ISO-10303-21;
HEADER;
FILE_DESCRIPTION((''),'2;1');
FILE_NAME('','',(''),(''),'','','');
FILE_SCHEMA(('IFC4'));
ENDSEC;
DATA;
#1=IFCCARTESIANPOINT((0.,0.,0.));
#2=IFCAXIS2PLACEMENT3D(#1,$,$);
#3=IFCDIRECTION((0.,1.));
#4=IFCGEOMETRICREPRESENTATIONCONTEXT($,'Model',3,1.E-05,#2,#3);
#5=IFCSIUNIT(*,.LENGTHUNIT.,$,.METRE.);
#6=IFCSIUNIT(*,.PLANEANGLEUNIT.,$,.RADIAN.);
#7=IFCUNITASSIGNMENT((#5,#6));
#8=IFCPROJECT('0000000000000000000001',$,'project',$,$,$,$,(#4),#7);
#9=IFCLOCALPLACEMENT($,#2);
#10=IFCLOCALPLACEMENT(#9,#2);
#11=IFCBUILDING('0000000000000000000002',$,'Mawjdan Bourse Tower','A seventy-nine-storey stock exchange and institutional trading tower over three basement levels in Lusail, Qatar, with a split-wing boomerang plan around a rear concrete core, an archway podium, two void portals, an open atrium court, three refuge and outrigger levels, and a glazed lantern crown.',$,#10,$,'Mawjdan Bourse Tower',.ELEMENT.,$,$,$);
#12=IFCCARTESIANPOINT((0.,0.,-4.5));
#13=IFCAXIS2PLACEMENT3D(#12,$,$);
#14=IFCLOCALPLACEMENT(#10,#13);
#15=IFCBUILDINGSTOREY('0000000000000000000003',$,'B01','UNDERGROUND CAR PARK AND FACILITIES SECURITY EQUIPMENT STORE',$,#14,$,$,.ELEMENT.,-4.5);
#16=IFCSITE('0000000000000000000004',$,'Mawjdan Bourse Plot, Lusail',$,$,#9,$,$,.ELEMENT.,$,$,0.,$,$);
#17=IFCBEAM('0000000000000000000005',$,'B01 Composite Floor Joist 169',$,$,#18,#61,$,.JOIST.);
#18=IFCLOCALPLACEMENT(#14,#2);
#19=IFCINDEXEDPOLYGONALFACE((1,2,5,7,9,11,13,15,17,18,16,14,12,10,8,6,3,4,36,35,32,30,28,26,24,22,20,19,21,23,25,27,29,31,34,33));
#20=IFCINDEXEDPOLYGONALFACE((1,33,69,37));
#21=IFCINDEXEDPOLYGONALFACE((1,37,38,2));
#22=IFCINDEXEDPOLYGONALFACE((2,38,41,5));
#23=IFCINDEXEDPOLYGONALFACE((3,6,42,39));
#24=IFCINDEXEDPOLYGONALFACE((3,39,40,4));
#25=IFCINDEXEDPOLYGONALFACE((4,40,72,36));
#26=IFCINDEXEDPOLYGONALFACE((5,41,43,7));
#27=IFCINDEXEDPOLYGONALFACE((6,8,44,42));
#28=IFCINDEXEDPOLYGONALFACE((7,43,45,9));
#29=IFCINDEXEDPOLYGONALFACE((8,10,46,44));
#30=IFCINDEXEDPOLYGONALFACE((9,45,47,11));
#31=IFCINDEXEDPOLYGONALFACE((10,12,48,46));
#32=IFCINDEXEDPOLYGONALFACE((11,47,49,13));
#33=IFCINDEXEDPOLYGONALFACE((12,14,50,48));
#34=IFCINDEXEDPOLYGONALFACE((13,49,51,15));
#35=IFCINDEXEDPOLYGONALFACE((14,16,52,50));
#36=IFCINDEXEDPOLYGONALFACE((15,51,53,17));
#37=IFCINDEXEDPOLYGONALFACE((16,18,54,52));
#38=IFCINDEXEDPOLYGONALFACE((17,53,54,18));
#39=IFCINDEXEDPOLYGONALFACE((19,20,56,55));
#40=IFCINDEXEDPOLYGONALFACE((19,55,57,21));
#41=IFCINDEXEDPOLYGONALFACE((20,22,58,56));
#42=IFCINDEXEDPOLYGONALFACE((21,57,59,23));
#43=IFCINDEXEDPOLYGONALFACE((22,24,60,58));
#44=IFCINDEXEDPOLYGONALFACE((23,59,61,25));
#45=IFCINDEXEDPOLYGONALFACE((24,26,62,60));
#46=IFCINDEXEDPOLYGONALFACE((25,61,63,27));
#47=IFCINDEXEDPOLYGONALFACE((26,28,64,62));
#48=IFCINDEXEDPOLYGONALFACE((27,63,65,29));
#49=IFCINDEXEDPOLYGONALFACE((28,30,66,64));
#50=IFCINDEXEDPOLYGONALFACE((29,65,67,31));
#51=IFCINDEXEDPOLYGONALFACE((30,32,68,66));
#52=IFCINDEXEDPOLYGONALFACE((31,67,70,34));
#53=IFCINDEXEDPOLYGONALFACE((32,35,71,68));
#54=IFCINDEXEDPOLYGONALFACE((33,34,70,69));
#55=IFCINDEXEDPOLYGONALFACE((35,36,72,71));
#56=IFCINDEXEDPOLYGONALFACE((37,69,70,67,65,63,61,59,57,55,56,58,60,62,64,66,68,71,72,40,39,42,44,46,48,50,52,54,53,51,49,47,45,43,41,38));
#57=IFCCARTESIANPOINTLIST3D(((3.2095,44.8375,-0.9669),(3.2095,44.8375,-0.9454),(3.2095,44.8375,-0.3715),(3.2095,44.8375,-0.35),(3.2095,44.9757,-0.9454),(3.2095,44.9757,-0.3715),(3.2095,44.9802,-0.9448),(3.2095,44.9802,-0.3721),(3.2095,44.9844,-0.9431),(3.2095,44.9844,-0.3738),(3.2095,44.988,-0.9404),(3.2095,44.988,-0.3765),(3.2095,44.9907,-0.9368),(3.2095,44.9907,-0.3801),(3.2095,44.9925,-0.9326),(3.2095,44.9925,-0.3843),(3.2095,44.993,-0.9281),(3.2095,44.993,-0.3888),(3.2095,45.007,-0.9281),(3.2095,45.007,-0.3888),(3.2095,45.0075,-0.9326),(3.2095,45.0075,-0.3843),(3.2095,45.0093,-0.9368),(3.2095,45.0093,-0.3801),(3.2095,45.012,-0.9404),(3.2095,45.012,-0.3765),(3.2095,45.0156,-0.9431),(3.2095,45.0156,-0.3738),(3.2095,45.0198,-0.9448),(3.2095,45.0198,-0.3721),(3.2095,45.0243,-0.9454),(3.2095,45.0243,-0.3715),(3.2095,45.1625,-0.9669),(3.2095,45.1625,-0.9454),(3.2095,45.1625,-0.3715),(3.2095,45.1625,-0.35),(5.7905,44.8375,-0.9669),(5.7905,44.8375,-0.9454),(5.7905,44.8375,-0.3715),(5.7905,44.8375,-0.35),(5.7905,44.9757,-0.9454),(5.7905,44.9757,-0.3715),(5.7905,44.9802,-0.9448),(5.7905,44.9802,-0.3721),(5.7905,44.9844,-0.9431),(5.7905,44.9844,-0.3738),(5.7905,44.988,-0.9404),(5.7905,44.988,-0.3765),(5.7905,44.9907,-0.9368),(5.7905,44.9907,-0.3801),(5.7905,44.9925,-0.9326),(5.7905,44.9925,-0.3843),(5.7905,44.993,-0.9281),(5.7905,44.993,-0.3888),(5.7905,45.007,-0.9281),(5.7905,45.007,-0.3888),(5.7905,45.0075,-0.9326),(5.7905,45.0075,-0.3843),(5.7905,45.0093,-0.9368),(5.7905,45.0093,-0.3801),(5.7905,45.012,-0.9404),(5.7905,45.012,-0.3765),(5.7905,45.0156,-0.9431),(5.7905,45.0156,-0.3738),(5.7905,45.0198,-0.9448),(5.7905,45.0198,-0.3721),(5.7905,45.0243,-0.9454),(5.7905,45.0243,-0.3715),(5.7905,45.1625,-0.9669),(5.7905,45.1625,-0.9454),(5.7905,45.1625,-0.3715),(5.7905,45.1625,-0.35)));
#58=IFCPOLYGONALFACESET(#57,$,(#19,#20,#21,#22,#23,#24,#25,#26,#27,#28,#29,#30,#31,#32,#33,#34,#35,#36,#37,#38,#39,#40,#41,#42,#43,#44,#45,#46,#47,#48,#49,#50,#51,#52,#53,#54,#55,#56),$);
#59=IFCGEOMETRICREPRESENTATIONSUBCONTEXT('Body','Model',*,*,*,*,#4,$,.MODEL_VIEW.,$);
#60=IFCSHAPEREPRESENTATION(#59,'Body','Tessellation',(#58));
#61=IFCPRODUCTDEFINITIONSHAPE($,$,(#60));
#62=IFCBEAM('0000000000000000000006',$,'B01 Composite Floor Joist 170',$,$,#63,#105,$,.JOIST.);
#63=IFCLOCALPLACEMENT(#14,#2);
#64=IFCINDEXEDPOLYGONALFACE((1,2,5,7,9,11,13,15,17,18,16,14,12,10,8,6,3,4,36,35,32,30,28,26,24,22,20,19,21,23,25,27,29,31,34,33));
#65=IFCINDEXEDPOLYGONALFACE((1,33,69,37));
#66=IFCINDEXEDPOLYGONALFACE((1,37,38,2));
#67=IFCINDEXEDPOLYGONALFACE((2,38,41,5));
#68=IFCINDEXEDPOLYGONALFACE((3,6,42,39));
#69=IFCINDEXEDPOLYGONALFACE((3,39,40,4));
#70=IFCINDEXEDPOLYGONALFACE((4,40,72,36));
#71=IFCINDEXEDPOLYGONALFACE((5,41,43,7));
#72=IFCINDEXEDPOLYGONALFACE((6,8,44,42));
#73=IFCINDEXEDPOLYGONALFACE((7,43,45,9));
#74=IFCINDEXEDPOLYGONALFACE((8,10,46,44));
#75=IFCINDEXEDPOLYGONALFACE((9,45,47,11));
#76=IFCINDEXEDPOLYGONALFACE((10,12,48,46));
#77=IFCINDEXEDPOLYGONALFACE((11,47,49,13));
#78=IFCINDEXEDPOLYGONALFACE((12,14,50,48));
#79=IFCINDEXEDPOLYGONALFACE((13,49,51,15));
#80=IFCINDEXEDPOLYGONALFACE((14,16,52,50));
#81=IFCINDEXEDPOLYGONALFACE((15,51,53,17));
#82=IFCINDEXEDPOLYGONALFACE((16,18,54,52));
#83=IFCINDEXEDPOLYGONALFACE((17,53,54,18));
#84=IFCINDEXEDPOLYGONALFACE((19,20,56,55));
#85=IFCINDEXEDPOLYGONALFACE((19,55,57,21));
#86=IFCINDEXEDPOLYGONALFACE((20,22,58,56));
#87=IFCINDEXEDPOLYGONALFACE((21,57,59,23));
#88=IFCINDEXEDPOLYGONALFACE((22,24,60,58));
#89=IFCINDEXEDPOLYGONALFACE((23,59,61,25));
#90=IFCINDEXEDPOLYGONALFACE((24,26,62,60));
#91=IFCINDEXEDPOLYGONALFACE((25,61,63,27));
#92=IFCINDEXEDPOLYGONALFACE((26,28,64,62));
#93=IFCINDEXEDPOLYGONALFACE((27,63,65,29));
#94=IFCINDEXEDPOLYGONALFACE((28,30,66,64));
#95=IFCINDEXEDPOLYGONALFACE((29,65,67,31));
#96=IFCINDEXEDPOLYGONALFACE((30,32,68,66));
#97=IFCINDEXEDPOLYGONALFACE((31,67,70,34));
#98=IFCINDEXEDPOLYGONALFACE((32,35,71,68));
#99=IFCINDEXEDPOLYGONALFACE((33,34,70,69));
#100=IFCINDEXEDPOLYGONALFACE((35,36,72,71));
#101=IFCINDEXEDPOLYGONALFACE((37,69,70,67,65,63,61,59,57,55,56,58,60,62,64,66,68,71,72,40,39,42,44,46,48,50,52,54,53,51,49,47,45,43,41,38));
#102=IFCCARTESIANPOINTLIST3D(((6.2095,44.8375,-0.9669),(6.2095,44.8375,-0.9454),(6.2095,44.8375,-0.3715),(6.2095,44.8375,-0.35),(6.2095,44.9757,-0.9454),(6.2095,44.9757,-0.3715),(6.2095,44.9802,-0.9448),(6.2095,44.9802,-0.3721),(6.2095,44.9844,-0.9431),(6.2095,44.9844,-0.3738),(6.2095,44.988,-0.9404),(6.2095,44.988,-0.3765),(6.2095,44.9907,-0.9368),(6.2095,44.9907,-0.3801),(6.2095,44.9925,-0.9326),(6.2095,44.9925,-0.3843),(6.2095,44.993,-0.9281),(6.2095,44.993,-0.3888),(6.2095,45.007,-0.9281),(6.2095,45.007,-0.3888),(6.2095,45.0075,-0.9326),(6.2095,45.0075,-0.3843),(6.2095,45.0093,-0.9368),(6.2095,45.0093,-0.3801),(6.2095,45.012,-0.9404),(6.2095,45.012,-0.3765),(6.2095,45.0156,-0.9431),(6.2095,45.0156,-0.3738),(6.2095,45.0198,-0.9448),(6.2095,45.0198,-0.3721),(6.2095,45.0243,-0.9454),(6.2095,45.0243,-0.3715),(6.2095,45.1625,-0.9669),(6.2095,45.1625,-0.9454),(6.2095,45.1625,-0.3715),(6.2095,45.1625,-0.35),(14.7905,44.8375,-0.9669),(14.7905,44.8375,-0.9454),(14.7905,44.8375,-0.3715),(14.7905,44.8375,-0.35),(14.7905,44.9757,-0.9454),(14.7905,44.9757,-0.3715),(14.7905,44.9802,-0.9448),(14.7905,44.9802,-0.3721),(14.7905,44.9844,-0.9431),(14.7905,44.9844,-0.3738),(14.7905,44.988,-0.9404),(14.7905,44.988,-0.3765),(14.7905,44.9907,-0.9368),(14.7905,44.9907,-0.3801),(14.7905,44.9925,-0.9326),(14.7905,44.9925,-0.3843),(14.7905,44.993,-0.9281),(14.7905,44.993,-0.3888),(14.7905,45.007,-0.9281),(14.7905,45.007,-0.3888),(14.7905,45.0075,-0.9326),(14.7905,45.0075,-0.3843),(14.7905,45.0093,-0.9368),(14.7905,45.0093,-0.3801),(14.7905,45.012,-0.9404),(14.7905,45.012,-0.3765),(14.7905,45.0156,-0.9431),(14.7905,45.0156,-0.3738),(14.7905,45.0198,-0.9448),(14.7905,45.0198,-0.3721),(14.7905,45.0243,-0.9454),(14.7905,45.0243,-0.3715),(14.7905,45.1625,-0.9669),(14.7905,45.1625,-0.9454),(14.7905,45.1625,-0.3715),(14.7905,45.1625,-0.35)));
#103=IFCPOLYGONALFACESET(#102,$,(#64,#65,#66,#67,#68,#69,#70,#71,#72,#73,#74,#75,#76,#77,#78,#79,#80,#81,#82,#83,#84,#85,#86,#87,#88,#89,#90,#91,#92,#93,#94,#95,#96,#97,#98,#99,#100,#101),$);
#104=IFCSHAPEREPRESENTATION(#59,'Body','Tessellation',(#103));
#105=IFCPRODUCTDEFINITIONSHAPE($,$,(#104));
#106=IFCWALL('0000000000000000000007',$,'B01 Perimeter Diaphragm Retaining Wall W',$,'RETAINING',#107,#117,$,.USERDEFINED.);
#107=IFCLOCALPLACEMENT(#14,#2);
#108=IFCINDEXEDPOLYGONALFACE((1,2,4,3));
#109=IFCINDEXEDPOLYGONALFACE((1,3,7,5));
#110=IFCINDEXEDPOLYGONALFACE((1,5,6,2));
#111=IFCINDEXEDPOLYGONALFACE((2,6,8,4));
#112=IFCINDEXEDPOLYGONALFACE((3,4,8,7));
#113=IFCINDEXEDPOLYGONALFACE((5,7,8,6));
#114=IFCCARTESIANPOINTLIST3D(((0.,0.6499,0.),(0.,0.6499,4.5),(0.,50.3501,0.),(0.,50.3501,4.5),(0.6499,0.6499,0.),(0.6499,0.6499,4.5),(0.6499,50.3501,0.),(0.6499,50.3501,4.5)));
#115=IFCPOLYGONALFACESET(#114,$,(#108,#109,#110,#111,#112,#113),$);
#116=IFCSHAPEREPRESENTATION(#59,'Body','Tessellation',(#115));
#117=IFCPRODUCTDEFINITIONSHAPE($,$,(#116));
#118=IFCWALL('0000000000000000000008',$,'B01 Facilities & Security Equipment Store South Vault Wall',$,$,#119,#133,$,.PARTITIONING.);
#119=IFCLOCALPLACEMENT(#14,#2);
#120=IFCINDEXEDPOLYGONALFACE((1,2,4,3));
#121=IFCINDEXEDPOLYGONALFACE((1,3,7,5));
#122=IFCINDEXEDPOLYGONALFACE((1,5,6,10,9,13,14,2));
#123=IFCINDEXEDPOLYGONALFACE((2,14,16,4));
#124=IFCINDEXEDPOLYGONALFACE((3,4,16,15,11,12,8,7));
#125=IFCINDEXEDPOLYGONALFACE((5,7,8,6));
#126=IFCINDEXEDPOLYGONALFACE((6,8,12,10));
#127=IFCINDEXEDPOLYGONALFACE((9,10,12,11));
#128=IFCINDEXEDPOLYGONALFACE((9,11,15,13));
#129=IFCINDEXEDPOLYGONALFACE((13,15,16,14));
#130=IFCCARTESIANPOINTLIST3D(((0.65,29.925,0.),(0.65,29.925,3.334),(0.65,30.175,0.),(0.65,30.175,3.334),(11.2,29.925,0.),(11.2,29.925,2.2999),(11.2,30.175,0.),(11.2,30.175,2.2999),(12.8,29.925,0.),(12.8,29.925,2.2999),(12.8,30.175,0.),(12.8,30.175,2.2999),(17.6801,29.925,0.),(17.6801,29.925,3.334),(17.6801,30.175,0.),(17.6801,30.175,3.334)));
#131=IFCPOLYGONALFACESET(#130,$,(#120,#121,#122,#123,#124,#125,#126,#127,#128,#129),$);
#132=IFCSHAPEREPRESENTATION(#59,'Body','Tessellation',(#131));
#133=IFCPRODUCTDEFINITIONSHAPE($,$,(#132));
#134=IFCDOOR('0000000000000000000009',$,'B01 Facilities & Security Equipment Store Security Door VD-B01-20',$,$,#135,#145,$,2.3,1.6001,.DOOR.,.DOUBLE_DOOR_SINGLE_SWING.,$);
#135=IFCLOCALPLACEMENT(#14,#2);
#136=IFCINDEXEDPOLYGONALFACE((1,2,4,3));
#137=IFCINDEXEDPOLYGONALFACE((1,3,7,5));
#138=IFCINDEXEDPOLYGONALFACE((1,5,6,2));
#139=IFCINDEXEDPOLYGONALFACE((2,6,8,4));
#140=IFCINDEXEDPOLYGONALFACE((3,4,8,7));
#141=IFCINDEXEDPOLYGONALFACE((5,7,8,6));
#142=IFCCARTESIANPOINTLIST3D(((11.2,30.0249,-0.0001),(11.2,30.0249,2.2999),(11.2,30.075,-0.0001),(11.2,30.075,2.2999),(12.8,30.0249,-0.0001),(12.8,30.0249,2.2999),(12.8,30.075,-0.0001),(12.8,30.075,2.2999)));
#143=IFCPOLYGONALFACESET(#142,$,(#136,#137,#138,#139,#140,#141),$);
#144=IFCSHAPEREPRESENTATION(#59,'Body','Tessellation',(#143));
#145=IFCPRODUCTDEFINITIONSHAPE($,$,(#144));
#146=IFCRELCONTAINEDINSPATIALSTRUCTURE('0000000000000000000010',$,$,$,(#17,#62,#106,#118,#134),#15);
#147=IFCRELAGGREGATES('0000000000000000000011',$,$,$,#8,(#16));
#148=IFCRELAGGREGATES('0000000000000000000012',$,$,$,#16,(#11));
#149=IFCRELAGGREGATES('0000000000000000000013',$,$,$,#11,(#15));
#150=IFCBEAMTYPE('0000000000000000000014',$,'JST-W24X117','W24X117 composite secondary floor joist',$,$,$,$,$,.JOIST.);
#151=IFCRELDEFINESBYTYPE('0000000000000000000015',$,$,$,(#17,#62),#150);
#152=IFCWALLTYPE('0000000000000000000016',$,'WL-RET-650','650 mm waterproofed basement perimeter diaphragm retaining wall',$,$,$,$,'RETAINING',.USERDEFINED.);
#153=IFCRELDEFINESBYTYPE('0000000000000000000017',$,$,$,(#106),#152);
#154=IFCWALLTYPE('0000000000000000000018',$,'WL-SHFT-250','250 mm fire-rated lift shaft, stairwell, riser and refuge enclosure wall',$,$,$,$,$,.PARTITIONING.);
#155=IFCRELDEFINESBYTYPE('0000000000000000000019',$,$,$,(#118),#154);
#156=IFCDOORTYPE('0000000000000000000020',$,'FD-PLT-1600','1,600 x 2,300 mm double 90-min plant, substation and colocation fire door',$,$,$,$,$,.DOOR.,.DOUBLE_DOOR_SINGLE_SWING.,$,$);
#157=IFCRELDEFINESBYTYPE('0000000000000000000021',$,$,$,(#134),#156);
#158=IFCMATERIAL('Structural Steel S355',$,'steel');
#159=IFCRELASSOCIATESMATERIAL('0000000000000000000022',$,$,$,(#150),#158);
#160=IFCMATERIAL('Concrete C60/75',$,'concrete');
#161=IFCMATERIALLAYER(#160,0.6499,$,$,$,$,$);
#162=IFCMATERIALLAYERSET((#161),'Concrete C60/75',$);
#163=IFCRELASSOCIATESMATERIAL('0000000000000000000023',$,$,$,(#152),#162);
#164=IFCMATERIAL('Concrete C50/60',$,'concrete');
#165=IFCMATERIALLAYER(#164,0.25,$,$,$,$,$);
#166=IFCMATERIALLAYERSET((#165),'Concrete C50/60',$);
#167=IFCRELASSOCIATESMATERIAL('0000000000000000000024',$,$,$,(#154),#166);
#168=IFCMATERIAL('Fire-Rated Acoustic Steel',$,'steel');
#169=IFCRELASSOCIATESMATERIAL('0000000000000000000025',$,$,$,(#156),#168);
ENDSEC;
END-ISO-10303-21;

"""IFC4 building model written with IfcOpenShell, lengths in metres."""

from ifc_helpers import new_model, si_unit, direction, frame, frame_2d, origin, origin_2d, place, context, subcontext, project, spatial, rectangle, i_section, extrude, material, layer, layer_set, material_profile, profile_set, type_object, element, fill, save


model = new_model("IFC4")

# Units and contexts
model_context = context("Model", 3, precision=1e-05, world=origin(), true_north=direction((0.0, 1.0)))
body_context = subcontext(model_context, "Body", "Model", "MODEL_VIEW")
ifc_project = project(units=[si_unit("LENGTHUNIT", "METRE"), si_unit("PLANEANGLEUNIT", "RADIAN")], contexts=[model_context])

# Site, building, storey
site_placement = place(None, origin())
site = spatial("IfcSite", under=ifc_project, at=site_placement, Name="Mawjdan Bourse Plot, Lusail", CompositionType="ELEMENT", RefElevation=0.0)
building_placement = place(site_placement, origin())
building = spatial("IfcBuilding", under=site, at=building_placement, Name="Mawjdan Bourse Tower", Description="A seventy-nine-storey stock exchange and institutional trading tower over three basement levels in Lusail, Qatar, with a split-wing boomerang plan around a rear concrete core, an archway podium, two void portals, an open atrium court, three refuge and outrigger levels, and a glazed lantern crown.", LongName="Mawjdan Bourse Tower", CompositionType="ELEMENT")
storey_placement = place(building_placement, frame((0.0, 0.0, -4.5)))
storey = spatial("IfcBuildingStorey", under=building, at=storey_placement, Name="B01", Description="UNDERGROUND CAR PARK AND FACILITIES SECURITY EQUIPMENT STORE", CompositionType="ELEMENT", Elevation=-4.5)

# Shared definitions
ifc_material_1 = material(Name="Concrete C60/75", Category="concrete")

# Beams
ifc_material_2 = material(Name="Structural Steel S355", Category="steel")
ifc_material_profile_1 = material_profile(ifc_material_2, i_section(OverallWidth=0.325, OverallDepth=0.6169, WebThickness=0.0139, FlangeThickness=0.0215, FilletRadius=0.0173, at=origin_2d()), Name="W24X117")
ifc_profile_set_1 = profile_set([ifc_material_profile_1], Name="Structural Steel S355")
beam_type_1 = type_object("IfcBeamType", Name="JST-W24X117", Description="W24X117 composite secondary floor joist", PredefinedType="JOIST", material=ifc_profile_set_1)
beam_1_placement = place(storey_placement, frame((3.2095, 45.0, -0.6584), z_axis=(1.0, 0.0, 0.0), x_axis=(0.0, 1.0, 0.0)))
element("IfcBeam", 1, at=beam_1_placement, inside=storey, type_object=beam_type_1, Name="B01 Composite Floor Joist 169", PredefinedType="JOIST", context=body_context, shape_type="SweptSolid", body=[
    extrude(i_section(OverallWidth=0.325, OverallDepth=0.6169, WebThickness=0.0139, FlangeThickness=0.0215, FilletRadius=0.0173, at=origin_2d()), origin(), (0.0, 0.0, 1.0), 2.5811),
])
beam_2_placement = place(storey_placement, frame((6.2095, 45.0, -0.6584), z_axis=(1.0, 0.0, 0.0), x_axis=(0.0, 1.0, 0.0)))
element("IfcBeam", 2, at=beam_2_placement, inside=storey, type_object=beam_type_1, Name="B01 Composite Floor Joist 170", PredefinedType="JOIST", context=body_context, shape_type="SweptSolid", body=[
    extrude(i_section(OverallWidth=0.325, OverallDepth=0.6169, WebThickness=0.0139, FlangeThickness=0.0215, FilletRadius=0.0173, at=origin_2d()), origin(), (0.0, 0.0, 1.0), 8.5811),
])

# Wall
ifc_layer_1 = layer(ifc_material_1, 0.6499)
ifc_layer_set_1 = layer_set([ifc_layer_1], Name="Concrete C60/75")
wall_type_1 = type_object("IfcWallType", Name="WL-RET-650", Description="650 mm waterproofed basement perimeter diaphragm retaining wall", ElementType="RETAINING", PredefinedType="USERDEFINED", material=ifc_layer_set_1)
wall_1_placement = place(storey_placement, frame((0.325, 50.3501, 0.0), z_axis=(0.0, 0.0, 1.0), x_axis=(0.0, -1.0, 0.0)))
element("IfcWall", 3, at=wall_1_placement, inside=storey, type_object=wall_type_1, Name="B01 Perimeter Diaphragm Retaining Wall W", ObjectType="RETAINING", PredefinedType="USERDEFINED", context=body_context, shape_type="SweptSolid", body=[
    extrude(rectangle(XDim=49.7002, YDim=0.6499, at=frame_2d((24.8501, 0.0))), origin(), (0.0, 0.0, 1.0), 4.5),
])

# Wall, opening, door
ifc_material_3 = material(Name="Concrete C50/60", Category="concrete")
ifc_layer_2 = layer(ifc_material_3, 0.25)
ifc_layer_set_2 = layer_set([ifc_layer_2], Name="Concrete C50/60")
wall_type_2 = type_object("IfcWallType", Name="WL-SHFT-250", Description="250 mm fire-rated lift shaft, stairwell, riser and refuge enclosure wall", PredefinedType="PARTITIONING", material=ifc_layer_set_2)
wall_2_placement = place(storey_placement, frame((0.6499, 30.05, 0.0), z_axis=(0.0, 0.0, 1.0), x_axis=(1.0, 0.0, 0.0)))
wall_2 = element("IfcWall", 4, at=wall_2_placement, inside=storey, type_object=wall_type_2, Name="B01 Facilities & Security Equipment Store South Vault Wall", PredefinedType="PARTITIONING", context=body_context, shape_type="SweptSolid", body=[
    extrude(rectangle(XDim=17.03, YDim=0.25, at=frame_2d((8.5151, 0.0))), origin(), (0.0, 0.0, 1.0), 3.334),
])
opening_placement = place(wall_2_placement, frame((10.55, 0.0, 0.0)))
opening = element("IfcOpeningElement", 5, at=opening_placement, cuts=wall_2, PredefinedType="OPENING", context=body_context, shape_type="SweptSolid", body=[
    extrude(rectangle(XDim=1.6001, YDim=2.3, at=frame_2d((0.8, 1.1499))), frame((0.0, 0.135, 0.0), z_axis=(0.0, -1.0, 0.0), x_axis=(1.0, 0.0, 0.0)), (0.0, 0.0, 1.0), 0.27),
])
ifc_material_4 = material(Name="Fire-Rated Acoustic Steel", Category="steel")
door_type = type_object("IfcDoorType", Name="FD-PLT-1600", Description="1,600 x 2,300 mm double 90-min plant, substation and colocation fire door", OperationType="DOUBLE_DOOR_SINGLE_SWING", PredefinedType="DOOR", material=ifc_material_4)
door_placement = place(opening_placement, origin())
door = element("IfcDoor", 6, at=door_placement, inside=storey, type_object=door_type, Name="B01 Facilities & Security Equipment Store Security Door VD-B01-20", OperationType="DOUBLE_DOOR_SINGLE_SWING", OverallHeight=2.3, OverallWidth=1.6001, PredefinedType="DOOR", context=body_context, shape_type="SweptSolid", body=[
    extrude(rectangle(XDim=1.6001, YDim=2.3, at=frame_2d((0.8, 1.1499))), frame((0.0, 0.0249, 0.0), z_axis=(0.0, -1.0, 0.0), x_axis=(1.0, 0.0, 0.0)), (0.0, 0.0, 1.0), 0.05),
])
fill(opening, door)

save(model, "model.ifc")
